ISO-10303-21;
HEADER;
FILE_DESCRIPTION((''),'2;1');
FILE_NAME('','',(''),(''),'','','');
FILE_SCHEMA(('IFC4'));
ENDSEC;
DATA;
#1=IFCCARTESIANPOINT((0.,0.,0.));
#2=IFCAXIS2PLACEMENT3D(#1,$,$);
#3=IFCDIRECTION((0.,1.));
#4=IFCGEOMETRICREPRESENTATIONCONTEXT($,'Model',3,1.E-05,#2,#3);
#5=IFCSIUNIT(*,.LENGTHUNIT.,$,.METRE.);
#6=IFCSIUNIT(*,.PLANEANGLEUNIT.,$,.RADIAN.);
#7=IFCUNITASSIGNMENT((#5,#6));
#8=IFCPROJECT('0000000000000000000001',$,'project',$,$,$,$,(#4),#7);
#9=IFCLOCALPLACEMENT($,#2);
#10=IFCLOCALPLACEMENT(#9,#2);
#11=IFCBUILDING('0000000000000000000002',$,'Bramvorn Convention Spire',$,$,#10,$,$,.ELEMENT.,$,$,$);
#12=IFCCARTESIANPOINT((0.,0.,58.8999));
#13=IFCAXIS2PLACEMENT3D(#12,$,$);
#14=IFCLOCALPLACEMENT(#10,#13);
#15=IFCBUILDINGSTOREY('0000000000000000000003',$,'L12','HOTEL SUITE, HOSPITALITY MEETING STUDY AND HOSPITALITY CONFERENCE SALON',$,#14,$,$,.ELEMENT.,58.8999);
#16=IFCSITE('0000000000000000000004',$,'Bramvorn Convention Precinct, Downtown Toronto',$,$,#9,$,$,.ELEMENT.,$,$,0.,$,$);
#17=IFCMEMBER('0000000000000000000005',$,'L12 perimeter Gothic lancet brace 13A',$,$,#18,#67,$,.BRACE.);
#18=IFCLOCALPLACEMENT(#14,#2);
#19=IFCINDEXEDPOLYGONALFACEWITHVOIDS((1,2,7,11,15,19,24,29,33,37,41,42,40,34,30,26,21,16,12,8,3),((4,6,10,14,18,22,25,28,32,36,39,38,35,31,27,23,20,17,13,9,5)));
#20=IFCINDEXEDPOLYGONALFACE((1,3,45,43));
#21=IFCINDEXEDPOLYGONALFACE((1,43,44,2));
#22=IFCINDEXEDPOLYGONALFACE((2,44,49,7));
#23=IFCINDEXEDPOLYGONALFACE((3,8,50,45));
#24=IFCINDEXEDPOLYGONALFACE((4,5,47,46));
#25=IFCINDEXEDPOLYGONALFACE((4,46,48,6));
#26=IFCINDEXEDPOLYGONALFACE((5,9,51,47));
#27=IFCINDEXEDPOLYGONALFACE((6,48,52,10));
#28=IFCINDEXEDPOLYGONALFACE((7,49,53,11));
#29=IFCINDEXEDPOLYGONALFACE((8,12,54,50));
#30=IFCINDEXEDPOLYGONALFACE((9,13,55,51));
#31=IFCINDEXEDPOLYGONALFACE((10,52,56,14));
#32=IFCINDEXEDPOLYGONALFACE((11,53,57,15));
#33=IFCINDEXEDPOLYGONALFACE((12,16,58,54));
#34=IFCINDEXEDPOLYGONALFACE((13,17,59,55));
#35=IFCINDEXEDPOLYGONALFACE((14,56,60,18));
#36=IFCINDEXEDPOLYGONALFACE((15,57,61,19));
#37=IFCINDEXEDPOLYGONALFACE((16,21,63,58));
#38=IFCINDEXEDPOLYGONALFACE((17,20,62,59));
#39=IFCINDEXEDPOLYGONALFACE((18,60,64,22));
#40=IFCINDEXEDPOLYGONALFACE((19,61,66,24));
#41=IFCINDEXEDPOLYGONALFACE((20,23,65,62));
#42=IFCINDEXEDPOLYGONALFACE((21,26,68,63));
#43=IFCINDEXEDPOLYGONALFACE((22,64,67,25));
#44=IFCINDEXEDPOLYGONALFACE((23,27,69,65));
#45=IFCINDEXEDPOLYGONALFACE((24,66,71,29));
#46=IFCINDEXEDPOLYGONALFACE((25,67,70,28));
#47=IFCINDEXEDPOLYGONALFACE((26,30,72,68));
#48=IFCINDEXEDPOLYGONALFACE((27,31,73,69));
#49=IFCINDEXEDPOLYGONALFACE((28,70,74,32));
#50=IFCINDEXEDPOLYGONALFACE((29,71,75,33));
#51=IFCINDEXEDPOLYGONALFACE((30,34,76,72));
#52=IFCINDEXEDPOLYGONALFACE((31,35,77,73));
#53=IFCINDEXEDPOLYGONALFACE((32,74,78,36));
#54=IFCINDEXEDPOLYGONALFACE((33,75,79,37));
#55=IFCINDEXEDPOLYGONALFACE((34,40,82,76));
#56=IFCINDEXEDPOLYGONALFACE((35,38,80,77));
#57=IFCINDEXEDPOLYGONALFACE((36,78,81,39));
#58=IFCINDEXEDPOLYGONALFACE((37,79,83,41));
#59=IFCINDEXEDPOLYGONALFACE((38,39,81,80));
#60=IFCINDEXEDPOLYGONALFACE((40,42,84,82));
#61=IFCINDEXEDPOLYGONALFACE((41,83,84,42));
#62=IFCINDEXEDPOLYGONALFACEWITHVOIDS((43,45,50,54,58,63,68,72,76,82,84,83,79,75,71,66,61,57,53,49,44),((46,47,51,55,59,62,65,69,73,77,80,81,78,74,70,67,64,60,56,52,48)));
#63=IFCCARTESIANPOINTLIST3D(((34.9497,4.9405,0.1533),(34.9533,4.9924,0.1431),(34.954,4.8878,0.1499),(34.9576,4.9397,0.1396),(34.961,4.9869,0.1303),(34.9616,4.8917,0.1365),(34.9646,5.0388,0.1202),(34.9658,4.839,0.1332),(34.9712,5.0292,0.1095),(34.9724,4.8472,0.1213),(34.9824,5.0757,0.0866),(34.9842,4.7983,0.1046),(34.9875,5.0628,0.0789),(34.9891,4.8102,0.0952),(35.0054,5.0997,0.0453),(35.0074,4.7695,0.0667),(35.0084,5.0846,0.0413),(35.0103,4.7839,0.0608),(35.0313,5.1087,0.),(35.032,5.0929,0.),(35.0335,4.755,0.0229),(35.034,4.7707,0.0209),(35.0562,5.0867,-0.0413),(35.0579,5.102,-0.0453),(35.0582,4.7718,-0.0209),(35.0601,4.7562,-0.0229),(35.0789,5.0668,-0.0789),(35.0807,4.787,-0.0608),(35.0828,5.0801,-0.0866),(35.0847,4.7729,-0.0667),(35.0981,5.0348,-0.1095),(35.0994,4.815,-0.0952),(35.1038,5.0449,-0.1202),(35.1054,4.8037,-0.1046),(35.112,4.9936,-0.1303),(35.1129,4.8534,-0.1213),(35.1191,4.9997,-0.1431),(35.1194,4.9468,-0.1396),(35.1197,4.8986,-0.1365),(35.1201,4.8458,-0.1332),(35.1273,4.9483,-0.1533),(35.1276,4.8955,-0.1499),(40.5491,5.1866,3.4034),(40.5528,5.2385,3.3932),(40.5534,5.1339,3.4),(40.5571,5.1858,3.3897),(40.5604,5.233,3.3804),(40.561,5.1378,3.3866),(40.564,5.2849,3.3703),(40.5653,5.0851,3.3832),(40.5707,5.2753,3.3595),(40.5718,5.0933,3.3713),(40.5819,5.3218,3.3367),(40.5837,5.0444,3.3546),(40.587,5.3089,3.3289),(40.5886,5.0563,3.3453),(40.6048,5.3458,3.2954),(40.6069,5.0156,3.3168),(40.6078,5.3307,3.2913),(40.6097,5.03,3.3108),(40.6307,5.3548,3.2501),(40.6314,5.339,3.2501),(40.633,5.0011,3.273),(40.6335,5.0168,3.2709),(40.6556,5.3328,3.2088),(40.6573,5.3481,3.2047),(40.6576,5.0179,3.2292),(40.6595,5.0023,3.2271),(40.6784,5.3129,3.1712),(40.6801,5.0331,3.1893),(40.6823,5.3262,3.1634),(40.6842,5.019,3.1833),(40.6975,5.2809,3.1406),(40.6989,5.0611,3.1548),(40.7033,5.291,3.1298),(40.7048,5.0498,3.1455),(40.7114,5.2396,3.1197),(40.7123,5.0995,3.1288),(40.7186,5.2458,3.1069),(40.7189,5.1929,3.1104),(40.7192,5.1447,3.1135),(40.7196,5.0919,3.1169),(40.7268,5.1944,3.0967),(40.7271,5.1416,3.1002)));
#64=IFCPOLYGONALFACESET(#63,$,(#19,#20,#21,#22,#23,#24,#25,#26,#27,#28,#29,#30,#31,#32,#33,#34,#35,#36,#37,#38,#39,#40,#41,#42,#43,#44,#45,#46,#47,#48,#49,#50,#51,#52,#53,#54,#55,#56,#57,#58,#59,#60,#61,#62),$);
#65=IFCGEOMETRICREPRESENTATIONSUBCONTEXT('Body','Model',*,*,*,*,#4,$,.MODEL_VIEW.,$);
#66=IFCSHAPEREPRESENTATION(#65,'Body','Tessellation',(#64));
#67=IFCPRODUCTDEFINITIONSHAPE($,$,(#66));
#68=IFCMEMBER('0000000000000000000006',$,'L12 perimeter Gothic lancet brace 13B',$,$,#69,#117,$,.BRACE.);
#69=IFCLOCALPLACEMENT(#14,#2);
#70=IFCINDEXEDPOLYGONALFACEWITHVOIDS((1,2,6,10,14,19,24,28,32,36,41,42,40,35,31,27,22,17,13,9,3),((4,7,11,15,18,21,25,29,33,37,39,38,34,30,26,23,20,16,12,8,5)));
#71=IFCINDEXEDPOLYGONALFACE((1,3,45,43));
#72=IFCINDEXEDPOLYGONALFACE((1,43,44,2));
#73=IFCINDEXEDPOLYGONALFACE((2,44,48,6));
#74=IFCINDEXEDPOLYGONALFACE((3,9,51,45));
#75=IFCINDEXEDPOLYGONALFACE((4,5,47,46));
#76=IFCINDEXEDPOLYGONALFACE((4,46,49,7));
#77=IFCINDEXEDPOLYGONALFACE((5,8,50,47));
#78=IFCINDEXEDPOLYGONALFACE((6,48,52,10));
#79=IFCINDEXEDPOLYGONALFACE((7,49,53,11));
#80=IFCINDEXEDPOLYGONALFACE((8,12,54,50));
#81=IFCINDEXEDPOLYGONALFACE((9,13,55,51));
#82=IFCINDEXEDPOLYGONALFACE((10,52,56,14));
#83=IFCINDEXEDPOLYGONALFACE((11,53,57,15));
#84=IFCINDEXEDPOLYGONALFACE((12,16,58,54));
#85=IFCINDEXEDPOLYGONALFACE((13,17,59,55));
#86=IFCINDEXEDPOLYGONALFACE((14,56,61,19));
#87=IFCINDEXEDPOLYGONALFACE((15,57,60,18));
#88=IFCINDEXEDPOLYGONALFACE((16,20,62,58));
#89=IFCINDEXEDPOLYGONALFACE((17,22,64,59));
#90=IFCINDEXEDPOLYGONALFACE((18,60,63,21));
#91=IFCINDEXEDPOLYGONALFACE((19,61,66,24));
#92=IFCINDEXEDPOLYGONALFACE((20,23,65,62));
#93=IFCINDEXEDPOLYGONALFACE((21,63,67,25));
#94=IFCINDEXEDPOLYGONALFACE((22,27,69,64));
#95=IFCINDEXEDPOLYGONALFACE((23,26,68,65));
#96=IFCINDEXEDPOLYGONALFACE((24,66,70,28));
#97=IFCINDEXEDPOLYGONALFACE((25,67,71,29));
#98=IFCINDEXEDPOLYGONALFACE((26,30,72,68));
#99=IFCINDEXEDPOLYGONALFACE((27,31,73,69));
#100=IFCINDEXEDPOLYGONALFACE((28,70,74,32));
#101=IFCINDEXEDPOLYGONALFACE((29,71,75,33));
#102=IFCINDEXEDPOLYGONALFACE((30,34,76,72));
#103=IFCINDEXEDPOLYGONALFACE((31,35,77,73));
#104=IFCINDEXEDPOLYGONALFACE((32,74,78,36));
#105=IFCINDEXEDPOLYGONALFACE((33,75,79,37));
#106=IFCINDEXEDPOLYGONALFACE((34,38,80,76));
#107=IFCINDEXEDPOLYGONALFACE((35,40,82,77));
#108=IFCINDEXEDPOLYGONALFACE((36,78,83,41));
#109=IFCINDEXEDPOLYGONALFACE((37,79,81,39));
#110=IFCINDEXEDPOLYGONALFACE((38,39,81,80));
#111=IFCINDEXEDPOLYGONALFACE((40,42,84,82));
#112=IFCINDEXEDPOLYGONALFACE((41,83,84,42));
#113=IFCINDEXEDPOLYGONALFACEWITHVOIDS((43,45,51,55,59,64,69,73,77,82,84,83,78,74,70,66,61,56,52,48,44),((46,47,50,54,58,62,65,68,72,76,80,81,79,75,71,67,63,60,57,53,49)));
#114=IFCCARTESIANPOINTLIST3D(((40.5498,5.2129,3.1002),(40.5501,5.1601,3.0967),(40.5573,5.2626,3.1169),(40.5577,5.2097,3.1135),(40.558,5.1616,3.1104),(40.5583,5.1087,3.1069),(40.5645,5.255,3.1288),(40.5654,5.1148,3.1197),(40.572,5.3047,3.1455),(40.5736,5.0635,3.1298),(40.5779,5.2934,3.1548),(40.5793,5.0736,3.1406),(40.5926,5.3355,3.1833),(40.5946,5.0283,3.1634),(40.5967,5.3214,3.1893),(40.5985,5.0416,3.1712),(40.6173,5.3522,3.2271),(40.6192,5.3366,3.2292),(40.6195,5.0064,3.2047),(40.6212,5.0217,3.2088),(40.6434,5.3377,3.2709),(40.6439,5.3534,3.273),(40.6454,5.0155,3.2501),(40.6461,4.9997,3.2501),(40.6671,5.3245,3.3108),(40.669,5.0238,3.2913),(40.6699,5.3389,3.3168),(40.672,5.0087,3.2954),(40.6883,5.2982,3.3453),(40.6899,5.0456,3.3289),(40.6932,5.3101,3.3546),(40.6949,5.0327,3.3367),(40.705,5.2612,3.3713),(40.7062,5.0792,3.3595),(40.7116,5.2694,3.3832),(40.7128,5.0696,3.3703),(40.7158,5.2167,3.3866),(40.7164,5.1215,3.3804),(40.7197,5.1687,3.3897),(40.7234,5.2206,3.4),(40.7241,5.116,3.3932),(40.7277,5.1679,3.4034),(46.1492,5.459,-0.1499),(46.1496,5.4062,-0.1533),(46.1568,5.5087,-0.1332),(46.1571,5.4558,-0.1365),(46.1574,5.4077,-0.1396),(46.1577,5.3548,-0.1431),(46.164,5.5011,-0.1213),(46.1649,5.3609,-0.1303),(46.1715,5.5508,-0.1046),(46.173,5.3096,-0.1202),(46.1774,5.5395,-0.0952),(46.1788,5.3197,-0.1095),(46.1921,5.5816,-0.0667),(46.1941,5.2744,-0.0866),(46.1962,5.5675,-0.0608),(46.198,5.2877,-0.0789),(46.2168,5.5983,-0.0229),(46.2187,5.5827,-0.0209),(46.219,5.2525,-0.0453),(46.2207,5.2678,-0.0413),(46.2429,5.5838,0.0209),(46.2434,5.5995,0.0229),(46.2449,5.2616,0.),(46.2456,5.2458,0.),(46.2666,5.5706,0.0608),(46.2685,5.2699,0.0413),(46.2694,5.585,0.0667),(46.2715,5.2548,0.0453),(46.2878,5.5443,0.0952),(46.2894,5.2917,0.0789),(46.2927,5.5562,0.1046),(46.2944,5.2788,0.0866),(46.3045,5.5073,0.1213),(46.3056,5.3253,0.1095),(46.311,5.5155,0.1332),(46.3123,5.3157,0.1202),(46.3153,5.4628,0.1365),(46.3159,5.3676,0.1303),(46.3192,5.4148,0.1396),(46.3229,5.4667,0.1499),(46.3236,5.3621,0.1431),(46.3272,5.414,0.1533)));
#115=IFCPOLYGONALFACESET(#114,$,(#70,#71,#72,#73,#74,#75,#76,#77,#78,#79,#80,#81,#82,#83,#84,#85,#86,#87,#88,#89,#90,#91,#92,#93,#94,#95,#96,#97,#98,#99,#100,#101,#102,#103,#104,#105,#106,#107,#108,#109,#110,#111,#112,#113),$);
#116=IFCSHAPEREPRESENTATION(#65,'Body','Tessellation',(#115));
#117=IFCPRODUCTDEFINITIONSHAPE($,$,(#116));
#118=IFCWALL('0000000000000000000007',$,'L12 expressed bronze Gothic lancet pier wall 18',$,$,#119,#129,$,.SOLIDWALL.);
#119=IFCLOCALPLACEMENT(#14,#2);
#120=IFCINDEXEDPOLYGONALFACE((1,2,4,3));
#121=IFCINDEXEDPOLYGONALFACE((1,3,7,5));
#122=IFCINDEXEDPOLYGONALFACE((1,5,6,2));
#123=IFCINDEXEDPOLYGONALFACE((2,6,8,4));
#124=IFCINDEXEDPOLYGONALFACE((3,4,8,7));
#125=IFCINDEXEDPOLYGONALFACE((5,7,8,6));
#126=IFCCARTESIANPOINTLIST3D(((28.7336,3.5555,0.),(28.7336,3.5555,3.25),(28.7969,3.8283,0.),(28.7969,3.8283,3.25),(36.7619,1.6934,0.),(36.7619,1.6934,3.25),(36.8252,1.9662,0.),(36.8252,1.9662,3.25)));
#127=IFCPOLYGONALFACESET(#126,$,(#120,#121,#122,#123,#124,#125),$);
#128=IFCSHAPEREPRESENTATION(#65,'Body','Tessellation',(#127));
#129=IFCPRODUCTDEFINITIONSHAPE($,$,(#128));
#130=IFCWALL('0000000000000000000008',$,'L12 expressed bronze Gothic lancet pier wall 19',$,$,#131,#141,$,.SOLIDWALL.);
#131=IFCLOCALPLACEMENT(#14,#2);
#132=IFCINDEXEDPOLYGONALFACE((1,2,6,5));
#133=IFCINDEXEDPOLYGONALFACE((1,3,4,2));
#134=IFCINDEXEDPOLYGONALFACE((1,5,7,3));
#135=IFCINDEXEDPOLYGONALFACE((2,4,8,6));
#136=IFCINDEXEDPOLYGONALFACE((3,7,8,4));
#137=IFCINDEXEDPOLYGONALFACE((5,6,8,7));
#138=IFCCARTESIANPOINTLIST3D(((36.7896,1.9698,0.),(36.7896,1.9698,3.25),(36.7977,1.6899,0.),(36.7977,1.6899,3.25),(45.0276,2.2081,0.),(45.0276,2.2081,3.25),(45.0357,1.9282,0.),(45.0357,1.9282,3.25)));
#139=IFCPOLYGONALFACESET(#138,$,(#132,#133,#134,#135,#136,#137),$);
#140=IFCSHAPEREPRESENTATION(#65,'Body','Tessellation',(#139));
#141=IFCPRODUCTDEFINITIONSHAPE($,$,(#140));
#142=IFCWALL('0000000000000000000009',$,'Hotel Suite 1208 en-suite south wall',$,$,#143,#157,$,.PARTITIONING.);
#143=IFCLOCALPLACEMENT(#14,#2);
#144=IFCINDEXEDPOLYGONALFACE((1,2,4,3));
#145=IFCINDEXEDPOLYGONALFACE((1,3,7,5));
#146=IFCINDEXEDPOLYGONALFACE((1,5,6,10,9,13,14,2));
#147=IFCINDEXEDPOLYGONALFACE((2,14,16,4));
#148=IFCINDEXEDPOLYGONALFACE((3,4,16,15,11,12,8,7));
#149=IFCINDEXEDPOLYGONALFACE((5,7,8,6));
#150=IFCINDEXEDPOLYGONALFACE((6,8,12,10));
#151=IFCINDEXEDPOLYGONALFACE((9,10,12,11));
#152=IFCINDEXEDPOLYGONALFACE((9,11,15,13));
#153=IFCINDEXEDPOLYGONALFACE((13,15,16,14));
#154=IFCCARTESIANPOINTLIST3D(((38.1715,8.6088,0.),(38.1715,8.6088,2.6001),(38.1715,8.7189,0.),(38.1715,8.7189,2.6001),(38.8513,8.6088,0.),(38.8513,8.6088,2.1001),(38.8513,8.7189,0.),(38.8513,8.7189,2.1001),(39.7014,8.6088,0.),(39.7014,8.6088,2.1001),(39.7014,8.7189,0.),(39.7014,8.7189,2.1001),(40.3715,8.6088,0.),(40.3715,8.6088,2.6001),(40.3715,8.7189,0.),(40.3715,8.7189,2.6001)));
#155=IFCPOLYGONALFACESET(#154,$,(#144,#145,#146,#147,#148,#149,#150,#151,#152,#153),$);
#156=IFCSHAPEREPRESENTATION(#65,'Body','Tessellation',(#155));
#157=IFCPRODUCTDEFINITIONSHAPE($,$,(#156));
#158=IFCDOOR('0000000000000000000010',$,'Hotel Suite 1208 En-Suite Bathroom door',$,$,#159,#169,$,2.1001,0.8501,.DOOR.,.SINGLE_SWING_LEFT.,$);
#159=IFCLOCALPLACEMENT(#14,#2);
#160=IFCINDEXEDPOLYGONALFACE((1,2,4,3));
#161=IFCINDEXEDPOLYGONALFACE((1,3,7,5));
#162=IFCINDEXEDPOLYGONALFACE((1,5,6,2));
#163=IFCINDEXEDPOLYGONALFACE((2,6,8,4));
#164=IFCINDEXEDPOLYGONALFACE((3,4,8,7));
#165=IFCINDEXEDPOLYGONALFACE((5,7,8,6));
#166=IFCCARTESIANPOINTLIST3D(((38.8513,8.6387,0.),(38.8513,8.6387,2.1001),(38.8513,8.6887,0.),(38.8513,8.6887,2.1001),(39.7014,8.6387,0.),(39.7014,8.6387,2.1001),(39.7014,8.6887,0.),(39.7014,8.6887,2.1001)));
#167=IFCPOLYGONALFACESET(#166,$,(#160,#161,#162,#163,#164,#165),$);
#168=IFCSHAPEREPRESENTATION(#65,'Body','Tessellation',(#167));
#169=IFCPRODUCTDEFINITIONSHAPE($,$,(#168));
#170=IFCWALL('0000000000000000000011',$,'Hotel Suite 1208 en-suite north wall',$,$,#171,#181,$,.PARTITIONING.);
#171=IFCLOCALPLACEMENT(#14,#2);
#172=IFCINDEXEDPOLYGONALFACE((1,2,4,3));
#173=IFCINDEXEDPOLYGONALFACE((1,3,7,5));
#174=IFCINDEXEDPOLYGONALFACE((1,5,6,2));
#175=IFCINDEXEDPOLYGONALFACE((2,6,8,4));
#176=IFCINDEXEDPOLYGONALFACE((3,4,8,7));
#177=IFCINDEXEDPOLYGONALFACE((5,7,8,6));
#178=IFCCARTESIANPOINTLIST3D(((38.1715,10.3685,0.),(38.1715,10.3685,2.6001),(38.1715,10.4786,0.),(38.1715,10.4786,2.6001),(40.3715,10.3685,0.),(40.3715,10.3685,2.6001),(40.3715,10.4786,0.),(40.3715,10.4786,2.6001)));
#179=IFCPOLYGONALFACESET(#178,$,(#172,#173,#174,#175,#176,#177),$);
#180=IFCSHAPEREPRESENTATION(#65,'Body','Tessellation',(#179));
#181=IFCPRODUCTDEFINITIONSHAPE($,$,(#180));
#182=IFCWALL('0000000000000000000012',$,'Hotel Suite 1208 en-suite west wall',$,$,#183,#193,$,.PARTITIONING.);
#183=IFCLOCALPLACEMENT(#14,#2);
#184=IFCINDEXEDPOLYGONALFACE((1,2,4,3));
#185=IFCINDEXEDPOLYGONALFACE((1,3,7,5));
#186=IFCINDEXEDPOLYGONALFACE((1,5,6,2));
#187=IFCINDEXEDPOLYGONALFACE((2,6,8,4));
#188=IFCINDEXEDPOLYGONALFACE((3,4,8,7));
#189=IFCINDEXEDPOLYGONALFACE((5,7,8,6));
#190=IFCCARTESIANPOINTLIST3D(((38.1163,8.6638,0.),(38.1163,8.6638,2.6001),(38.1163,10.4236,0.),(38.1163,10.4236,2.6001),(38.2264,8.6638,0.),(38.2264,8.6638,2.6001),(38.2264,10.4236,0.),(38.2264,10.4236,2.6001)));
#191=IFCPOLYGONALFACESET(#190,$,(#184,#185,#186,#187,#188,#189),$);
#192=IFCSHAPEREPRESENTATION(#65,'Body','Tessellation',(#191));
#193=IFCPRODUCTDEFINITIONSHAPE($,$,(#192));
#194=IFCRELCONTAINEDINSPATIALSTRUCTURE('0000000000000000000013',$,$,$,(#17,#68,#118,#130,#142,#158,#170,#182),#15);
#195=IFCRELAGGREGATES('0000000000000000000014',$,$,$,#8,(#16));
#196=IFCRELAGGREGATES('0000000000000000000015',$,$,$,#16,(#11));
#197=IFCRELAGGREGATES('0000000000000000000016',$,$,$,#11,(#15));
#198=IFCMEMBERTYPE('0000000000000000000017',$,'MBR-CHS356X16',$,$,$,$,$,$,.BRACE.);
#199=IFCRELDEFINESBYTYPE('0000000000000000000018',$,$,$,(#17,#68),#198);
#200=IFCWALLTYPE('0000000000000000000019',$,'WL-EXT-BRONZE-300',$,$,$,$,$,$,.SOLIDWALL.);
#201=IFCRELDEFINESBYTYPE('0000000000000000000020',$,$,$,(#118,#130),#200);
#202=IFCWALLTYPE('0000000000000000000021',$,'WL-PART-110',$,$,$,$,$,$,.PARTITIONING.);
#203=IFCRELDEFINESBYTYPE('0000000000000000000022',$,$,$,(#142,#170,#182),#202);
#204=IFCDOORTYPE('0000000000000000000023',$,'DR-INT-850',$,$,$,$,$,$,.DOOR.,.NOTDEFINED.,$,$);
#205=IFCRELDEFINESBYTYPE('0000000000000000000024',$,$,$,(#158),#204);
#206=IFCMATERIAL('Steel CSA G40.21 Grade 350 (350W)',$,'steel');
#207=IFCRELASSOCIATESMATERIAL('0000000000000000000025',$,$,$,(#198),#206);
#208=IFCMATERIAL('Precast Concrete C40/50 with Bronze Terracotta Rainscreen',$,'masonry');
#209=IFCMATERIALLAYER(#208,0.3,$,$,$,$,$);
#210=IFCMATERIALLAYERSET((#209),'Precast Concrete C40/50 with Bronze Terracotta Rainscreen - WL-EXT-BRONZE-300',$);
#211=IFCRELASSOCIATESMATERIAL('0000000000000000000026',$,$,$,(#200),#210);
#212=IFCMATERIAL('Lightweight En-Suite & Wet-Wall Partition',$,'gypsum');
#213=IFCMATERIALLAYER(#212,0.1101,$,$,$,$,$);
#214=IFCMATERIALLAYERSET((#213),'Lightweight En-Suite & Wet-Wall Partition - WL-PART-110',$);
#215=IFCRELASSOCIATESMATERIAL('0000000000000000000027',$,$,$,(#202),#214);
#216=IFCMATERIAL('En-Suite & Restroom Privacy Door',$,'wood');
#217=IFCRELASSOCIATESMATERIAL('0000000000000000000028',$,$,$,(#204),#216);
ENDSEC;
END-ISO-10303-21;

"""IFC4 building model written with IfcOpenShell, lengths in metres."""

from ifc_helpers import new_model, si_unit, direction, frame, frame_2d, origin, origin_2d, place, context, subcontext, project, spatial, rectangle, hollow_circle, extrude, material, layer, layer_set, material_profile, profile_set, type_object, element, fill, save


model = new_model("IFC4")

# Units and contexts
model_context = context("Model", 3, precision=1e-05, world=origin(), true_north=direction((0.0, 1.0)))
body_context = subcontext(model_context, "Body", "Model", "MODEL_VIEW")
ifc_project = project(units=[si_unit("LENGTHUNIT", "METRE"), si_unit("PLANEANGLEUNIT", "RADIAN")], contexts=[model_context])

# Site, building, storey
site_placement = place(None, origin())
site = spatial("IfcSite", under=ifc_project, at=site_placement, Name="Bramvorn Convention Precinct, Downtown Toronto", CompositionType="ELEMENT", RefElevation=0.0)
building_placement = place(site_placement, origin())
building = spatial("IfcBuilding", under=site, at=building_placement, Name="Bramvorn Convention Spire", CompositionType="ELEMENT")
storey_placement = place(building_placement, frame((0.0, 0.0, 58.8999)))
storey = spatial("IfcBuildingStorey", under=building, at=storey_placement, Name="L12", Description="HOTEL SUITE, HOSPITALITY MEETING STUDY AND HOSPITALITY CONFERENCE SALON", CompositionType="ELEMENT", Elevation=58.8999)

# Shared definitions
ifc_material_1 = material(Name="Steel CSA G40.21 Grade 350 (350W)", Category="steel")

# Members
ifc_material_profile_1 = material_profile(ifc_material_1, hollow_circle(Radius=0.1777, WallThickness=0.0159, at=origin_2d()))
ifc_profile_set_1 = profile_set([ifc_material_profile_1], Name="Steel CSA G40.21 Grade 350 (350W) - CHS356X16")
member_type = type_object("IfcMemberType", Name="MBR-CHS356X16", PredefinedType="BRACE", material=ifc_profile_set_1)
for number, where, z_axis, x_axis, name in (
    (1, (35.0391, 4.9312, 0.0), (0.864248, 0.037984, 0.50163), (-0.043908, 0.999036, 0.0), "L12 perimeter Gothic lancet brace 13A"),
    (2, (46.2378, 5.4233, 0.0), (-0.864248, -0.037984, 0.50163), (0.043908, -0.999036, 0.0), "L12 perimeter Gothic lancet brace 13B"),
):
    element("IfcMember", number, at=place(storey_placement, frame(where, z_axis=z_axis, x_axis=x_axis)), inside=storey, type_object=member_type, Name=name, PredefinedType="BRACE", context=body_context, shape_type="SweptSolid", body=[
        extrude(hollow_circle(Radius=0.1777, WallThickness=0.0159, at=origin_2d()), origin(), (0.0, 0.0, 1.0), 6.479),
    ])

# Walls
ifc_material_2 = material(Name="Precast Concrete C40/50 with Bronze Terracotta Rainscreen", Category="masonry")
ifc_layer_1 = layer(ifc_material_2, 0.3)
ifc_layer_set_1 = layer_set([ifc_layer_1], Name="Precast Concrete C40/50 with Bronze Terracotta Rainscreen - WL-EXT-BRONZE-300")
wall_type_1 = type_object("IfcWallType", Name="WL-EXT-BRONZE-300", PredefinedType="SOLIDWALL", material=ifc_layer_set_1)
for number, where, z_axis, x_axis, name in (
    (3, (36.7935, 1.8298, 0.0), (0.0, 0.0, 1.0), (-0.974141, 0.225939, 0.0), "L12 expressed bronze Gothic lancet pier wall 18"),
    (4, (45.0315, 2.0681, 0.0), (0.0, 0.0, 1.0), (-0.999582, -0.028912, 0.0), "L12 expressed bronze Gothic lancet pier wall 19"),
):
    element("IfcWall", number, at=place(storey_placement, frame(where, z_axis=z_axis, x_axis=x_axis)), inside=storey, type_object=wall_type_1, Name=name, PredefinedType="SOLIDWALL", context=body_context, shape_type="SweptSolid", body=[
        extrude(rectangle(XDim=8.2415, YDim=0.28, at=frame_2d((4.1206, 0.0))), origin(), (0.0, 0.0, 1.0), 3.25),
    ])

# Wall, opening, door
ifc_material_3 = material(Name="Lightweight En-Suite & Wet-Wall Partition", Category="gypsum")
ifc_layer_2 = layer(ifc_material_3, 0.1101)
ifc_layer_set_2 = layer_set([ifc_layer_2], Name="Lightweight En-Suite & Wet-Wall Partition - WL-PART-110")
wall_type_2 = type_object("IfcWallType", Name="WL-PART-110", PredefinedType="PARTITIONING", material=ifc_layer_set_2)
wall_1_placement = place(storey_placement, frame((38.1714, 8.6638, 0.0), z_axis=(0.0, 0.0, 1.0), x_axis=(1.0, 0.0, 0.0)))
wall_1 = element("IfcWall", 5, at=wall_1_placement, inside=storey, type_object=wall_type_2, Name="Hotel Suite 1208 en-suite south wall", PredefinedType="PARTITIONING", context=body_context, shape_type="SweptSolid", body=[
    extrude(rectangle(XDim=2.2, YDim=0.1101, at=frame_2d((1.1001, 0.0))), origin(), (0.0, 0.0, 1.0), 2.6001),
])
opening_placement = place(wall_1_placement, frame((0.6799, 0.0, 0.0)))
opening = element("IfcOpeningElement", 6, at=opening_placement, cuts=wall_1, PredefinedType="OPENING", context=body_context, shape_type="SweptSolid", body=[
    extrude(rectangle(XDim=0.8501, YDim=2.1001, at=frame_2d((0.425, 1.05))), frame((0.0, 0.0649, 0.0), z_axis=(0.0, -1.0, 0.0), x_axis=(1.0, 0.0, 0.0)), (0.0, 0.0, 1.0), 0.1301),
])
ifc_material_4 = material(Name="En-Suite & Restroom Privacy Door", Category="wood")
door_type = type_object("IfcDoorType", Name="DR-INT-850", OperationType="NOTDEFINED", PredefinedType="DOOR", material=ifc_material_4)
door_placement = place(opening_placement, origin())
door = element("IfcDoor", 7, at=door_placement, inside=storey, type_object=door_type, Name="Hotel Suite 1208 En-Suite Bathroom door", OperationType="SINGLE_SWING_LEFT", OverallHeight=2.1001, OverallWidth=0.8501, PredefinedType="DOOR", context=body_context, shape_type="SweptSolid", body=[
    extrude(rectangle(XDim=0.8501, YDim=2.1001, at=frame_2d((0.425, 1.05))), frame((0.0, 0.0249, 0.0), z_axis=(0.0, -1.0, 0.0), x_axis=(1.0, 0.0, 0.0)), (0.0, 0.0, 1.0), 0.05),
])
fill(opening, door)

# Walls
wall_2_placement = place(storey_placement, frame((38.1714, 10.4236, 0.0), z_axis=(0.0, 0.0, 1.0), x_axis=(1.0, 0.0, 0.0)))
element("IfcWall", 8, at=wall_2_placement, inside=storey, type_object=wall_type_2, Name="Hotel Suite 1208 en-suite north wall", PredefinedType="PARTITIONING", context=body_context, shape_type="SweptSolid", body=[
    extrude(rectangle(XDim=2.2, YDim=0.1101, at=frame_2d((1.1001, 0.0))), origin(), (0.0, 0.0, 1.0), 2.6001),
])
for number, where, z_axis, x_axis, name in (
    (9, (38.1714, 8.6638, 0.0), (0.0, 0.0, 1.0), (0.0, 1.0, 0.0), "Hotel Suite 1208 en-suite west wall"),
):
    element("IfcWall", number, at=place(storey_placement, frame(where, z_axis=z_axis, x_axis=x_axis)), inside=storey, type_object=wall_type_2, Name=name, PredefinedType="PARTITIONING", context=body_context, shape_type="SweptSolid", body=[
        extrude(rectangle(XDim=1.7598, YDim=0.1101, at=frame_2d((0.8799, 0.0))), origin(), (0.0, 0.0, 1.0), 2.6001),
    ])

save(model, "model.ifc")
